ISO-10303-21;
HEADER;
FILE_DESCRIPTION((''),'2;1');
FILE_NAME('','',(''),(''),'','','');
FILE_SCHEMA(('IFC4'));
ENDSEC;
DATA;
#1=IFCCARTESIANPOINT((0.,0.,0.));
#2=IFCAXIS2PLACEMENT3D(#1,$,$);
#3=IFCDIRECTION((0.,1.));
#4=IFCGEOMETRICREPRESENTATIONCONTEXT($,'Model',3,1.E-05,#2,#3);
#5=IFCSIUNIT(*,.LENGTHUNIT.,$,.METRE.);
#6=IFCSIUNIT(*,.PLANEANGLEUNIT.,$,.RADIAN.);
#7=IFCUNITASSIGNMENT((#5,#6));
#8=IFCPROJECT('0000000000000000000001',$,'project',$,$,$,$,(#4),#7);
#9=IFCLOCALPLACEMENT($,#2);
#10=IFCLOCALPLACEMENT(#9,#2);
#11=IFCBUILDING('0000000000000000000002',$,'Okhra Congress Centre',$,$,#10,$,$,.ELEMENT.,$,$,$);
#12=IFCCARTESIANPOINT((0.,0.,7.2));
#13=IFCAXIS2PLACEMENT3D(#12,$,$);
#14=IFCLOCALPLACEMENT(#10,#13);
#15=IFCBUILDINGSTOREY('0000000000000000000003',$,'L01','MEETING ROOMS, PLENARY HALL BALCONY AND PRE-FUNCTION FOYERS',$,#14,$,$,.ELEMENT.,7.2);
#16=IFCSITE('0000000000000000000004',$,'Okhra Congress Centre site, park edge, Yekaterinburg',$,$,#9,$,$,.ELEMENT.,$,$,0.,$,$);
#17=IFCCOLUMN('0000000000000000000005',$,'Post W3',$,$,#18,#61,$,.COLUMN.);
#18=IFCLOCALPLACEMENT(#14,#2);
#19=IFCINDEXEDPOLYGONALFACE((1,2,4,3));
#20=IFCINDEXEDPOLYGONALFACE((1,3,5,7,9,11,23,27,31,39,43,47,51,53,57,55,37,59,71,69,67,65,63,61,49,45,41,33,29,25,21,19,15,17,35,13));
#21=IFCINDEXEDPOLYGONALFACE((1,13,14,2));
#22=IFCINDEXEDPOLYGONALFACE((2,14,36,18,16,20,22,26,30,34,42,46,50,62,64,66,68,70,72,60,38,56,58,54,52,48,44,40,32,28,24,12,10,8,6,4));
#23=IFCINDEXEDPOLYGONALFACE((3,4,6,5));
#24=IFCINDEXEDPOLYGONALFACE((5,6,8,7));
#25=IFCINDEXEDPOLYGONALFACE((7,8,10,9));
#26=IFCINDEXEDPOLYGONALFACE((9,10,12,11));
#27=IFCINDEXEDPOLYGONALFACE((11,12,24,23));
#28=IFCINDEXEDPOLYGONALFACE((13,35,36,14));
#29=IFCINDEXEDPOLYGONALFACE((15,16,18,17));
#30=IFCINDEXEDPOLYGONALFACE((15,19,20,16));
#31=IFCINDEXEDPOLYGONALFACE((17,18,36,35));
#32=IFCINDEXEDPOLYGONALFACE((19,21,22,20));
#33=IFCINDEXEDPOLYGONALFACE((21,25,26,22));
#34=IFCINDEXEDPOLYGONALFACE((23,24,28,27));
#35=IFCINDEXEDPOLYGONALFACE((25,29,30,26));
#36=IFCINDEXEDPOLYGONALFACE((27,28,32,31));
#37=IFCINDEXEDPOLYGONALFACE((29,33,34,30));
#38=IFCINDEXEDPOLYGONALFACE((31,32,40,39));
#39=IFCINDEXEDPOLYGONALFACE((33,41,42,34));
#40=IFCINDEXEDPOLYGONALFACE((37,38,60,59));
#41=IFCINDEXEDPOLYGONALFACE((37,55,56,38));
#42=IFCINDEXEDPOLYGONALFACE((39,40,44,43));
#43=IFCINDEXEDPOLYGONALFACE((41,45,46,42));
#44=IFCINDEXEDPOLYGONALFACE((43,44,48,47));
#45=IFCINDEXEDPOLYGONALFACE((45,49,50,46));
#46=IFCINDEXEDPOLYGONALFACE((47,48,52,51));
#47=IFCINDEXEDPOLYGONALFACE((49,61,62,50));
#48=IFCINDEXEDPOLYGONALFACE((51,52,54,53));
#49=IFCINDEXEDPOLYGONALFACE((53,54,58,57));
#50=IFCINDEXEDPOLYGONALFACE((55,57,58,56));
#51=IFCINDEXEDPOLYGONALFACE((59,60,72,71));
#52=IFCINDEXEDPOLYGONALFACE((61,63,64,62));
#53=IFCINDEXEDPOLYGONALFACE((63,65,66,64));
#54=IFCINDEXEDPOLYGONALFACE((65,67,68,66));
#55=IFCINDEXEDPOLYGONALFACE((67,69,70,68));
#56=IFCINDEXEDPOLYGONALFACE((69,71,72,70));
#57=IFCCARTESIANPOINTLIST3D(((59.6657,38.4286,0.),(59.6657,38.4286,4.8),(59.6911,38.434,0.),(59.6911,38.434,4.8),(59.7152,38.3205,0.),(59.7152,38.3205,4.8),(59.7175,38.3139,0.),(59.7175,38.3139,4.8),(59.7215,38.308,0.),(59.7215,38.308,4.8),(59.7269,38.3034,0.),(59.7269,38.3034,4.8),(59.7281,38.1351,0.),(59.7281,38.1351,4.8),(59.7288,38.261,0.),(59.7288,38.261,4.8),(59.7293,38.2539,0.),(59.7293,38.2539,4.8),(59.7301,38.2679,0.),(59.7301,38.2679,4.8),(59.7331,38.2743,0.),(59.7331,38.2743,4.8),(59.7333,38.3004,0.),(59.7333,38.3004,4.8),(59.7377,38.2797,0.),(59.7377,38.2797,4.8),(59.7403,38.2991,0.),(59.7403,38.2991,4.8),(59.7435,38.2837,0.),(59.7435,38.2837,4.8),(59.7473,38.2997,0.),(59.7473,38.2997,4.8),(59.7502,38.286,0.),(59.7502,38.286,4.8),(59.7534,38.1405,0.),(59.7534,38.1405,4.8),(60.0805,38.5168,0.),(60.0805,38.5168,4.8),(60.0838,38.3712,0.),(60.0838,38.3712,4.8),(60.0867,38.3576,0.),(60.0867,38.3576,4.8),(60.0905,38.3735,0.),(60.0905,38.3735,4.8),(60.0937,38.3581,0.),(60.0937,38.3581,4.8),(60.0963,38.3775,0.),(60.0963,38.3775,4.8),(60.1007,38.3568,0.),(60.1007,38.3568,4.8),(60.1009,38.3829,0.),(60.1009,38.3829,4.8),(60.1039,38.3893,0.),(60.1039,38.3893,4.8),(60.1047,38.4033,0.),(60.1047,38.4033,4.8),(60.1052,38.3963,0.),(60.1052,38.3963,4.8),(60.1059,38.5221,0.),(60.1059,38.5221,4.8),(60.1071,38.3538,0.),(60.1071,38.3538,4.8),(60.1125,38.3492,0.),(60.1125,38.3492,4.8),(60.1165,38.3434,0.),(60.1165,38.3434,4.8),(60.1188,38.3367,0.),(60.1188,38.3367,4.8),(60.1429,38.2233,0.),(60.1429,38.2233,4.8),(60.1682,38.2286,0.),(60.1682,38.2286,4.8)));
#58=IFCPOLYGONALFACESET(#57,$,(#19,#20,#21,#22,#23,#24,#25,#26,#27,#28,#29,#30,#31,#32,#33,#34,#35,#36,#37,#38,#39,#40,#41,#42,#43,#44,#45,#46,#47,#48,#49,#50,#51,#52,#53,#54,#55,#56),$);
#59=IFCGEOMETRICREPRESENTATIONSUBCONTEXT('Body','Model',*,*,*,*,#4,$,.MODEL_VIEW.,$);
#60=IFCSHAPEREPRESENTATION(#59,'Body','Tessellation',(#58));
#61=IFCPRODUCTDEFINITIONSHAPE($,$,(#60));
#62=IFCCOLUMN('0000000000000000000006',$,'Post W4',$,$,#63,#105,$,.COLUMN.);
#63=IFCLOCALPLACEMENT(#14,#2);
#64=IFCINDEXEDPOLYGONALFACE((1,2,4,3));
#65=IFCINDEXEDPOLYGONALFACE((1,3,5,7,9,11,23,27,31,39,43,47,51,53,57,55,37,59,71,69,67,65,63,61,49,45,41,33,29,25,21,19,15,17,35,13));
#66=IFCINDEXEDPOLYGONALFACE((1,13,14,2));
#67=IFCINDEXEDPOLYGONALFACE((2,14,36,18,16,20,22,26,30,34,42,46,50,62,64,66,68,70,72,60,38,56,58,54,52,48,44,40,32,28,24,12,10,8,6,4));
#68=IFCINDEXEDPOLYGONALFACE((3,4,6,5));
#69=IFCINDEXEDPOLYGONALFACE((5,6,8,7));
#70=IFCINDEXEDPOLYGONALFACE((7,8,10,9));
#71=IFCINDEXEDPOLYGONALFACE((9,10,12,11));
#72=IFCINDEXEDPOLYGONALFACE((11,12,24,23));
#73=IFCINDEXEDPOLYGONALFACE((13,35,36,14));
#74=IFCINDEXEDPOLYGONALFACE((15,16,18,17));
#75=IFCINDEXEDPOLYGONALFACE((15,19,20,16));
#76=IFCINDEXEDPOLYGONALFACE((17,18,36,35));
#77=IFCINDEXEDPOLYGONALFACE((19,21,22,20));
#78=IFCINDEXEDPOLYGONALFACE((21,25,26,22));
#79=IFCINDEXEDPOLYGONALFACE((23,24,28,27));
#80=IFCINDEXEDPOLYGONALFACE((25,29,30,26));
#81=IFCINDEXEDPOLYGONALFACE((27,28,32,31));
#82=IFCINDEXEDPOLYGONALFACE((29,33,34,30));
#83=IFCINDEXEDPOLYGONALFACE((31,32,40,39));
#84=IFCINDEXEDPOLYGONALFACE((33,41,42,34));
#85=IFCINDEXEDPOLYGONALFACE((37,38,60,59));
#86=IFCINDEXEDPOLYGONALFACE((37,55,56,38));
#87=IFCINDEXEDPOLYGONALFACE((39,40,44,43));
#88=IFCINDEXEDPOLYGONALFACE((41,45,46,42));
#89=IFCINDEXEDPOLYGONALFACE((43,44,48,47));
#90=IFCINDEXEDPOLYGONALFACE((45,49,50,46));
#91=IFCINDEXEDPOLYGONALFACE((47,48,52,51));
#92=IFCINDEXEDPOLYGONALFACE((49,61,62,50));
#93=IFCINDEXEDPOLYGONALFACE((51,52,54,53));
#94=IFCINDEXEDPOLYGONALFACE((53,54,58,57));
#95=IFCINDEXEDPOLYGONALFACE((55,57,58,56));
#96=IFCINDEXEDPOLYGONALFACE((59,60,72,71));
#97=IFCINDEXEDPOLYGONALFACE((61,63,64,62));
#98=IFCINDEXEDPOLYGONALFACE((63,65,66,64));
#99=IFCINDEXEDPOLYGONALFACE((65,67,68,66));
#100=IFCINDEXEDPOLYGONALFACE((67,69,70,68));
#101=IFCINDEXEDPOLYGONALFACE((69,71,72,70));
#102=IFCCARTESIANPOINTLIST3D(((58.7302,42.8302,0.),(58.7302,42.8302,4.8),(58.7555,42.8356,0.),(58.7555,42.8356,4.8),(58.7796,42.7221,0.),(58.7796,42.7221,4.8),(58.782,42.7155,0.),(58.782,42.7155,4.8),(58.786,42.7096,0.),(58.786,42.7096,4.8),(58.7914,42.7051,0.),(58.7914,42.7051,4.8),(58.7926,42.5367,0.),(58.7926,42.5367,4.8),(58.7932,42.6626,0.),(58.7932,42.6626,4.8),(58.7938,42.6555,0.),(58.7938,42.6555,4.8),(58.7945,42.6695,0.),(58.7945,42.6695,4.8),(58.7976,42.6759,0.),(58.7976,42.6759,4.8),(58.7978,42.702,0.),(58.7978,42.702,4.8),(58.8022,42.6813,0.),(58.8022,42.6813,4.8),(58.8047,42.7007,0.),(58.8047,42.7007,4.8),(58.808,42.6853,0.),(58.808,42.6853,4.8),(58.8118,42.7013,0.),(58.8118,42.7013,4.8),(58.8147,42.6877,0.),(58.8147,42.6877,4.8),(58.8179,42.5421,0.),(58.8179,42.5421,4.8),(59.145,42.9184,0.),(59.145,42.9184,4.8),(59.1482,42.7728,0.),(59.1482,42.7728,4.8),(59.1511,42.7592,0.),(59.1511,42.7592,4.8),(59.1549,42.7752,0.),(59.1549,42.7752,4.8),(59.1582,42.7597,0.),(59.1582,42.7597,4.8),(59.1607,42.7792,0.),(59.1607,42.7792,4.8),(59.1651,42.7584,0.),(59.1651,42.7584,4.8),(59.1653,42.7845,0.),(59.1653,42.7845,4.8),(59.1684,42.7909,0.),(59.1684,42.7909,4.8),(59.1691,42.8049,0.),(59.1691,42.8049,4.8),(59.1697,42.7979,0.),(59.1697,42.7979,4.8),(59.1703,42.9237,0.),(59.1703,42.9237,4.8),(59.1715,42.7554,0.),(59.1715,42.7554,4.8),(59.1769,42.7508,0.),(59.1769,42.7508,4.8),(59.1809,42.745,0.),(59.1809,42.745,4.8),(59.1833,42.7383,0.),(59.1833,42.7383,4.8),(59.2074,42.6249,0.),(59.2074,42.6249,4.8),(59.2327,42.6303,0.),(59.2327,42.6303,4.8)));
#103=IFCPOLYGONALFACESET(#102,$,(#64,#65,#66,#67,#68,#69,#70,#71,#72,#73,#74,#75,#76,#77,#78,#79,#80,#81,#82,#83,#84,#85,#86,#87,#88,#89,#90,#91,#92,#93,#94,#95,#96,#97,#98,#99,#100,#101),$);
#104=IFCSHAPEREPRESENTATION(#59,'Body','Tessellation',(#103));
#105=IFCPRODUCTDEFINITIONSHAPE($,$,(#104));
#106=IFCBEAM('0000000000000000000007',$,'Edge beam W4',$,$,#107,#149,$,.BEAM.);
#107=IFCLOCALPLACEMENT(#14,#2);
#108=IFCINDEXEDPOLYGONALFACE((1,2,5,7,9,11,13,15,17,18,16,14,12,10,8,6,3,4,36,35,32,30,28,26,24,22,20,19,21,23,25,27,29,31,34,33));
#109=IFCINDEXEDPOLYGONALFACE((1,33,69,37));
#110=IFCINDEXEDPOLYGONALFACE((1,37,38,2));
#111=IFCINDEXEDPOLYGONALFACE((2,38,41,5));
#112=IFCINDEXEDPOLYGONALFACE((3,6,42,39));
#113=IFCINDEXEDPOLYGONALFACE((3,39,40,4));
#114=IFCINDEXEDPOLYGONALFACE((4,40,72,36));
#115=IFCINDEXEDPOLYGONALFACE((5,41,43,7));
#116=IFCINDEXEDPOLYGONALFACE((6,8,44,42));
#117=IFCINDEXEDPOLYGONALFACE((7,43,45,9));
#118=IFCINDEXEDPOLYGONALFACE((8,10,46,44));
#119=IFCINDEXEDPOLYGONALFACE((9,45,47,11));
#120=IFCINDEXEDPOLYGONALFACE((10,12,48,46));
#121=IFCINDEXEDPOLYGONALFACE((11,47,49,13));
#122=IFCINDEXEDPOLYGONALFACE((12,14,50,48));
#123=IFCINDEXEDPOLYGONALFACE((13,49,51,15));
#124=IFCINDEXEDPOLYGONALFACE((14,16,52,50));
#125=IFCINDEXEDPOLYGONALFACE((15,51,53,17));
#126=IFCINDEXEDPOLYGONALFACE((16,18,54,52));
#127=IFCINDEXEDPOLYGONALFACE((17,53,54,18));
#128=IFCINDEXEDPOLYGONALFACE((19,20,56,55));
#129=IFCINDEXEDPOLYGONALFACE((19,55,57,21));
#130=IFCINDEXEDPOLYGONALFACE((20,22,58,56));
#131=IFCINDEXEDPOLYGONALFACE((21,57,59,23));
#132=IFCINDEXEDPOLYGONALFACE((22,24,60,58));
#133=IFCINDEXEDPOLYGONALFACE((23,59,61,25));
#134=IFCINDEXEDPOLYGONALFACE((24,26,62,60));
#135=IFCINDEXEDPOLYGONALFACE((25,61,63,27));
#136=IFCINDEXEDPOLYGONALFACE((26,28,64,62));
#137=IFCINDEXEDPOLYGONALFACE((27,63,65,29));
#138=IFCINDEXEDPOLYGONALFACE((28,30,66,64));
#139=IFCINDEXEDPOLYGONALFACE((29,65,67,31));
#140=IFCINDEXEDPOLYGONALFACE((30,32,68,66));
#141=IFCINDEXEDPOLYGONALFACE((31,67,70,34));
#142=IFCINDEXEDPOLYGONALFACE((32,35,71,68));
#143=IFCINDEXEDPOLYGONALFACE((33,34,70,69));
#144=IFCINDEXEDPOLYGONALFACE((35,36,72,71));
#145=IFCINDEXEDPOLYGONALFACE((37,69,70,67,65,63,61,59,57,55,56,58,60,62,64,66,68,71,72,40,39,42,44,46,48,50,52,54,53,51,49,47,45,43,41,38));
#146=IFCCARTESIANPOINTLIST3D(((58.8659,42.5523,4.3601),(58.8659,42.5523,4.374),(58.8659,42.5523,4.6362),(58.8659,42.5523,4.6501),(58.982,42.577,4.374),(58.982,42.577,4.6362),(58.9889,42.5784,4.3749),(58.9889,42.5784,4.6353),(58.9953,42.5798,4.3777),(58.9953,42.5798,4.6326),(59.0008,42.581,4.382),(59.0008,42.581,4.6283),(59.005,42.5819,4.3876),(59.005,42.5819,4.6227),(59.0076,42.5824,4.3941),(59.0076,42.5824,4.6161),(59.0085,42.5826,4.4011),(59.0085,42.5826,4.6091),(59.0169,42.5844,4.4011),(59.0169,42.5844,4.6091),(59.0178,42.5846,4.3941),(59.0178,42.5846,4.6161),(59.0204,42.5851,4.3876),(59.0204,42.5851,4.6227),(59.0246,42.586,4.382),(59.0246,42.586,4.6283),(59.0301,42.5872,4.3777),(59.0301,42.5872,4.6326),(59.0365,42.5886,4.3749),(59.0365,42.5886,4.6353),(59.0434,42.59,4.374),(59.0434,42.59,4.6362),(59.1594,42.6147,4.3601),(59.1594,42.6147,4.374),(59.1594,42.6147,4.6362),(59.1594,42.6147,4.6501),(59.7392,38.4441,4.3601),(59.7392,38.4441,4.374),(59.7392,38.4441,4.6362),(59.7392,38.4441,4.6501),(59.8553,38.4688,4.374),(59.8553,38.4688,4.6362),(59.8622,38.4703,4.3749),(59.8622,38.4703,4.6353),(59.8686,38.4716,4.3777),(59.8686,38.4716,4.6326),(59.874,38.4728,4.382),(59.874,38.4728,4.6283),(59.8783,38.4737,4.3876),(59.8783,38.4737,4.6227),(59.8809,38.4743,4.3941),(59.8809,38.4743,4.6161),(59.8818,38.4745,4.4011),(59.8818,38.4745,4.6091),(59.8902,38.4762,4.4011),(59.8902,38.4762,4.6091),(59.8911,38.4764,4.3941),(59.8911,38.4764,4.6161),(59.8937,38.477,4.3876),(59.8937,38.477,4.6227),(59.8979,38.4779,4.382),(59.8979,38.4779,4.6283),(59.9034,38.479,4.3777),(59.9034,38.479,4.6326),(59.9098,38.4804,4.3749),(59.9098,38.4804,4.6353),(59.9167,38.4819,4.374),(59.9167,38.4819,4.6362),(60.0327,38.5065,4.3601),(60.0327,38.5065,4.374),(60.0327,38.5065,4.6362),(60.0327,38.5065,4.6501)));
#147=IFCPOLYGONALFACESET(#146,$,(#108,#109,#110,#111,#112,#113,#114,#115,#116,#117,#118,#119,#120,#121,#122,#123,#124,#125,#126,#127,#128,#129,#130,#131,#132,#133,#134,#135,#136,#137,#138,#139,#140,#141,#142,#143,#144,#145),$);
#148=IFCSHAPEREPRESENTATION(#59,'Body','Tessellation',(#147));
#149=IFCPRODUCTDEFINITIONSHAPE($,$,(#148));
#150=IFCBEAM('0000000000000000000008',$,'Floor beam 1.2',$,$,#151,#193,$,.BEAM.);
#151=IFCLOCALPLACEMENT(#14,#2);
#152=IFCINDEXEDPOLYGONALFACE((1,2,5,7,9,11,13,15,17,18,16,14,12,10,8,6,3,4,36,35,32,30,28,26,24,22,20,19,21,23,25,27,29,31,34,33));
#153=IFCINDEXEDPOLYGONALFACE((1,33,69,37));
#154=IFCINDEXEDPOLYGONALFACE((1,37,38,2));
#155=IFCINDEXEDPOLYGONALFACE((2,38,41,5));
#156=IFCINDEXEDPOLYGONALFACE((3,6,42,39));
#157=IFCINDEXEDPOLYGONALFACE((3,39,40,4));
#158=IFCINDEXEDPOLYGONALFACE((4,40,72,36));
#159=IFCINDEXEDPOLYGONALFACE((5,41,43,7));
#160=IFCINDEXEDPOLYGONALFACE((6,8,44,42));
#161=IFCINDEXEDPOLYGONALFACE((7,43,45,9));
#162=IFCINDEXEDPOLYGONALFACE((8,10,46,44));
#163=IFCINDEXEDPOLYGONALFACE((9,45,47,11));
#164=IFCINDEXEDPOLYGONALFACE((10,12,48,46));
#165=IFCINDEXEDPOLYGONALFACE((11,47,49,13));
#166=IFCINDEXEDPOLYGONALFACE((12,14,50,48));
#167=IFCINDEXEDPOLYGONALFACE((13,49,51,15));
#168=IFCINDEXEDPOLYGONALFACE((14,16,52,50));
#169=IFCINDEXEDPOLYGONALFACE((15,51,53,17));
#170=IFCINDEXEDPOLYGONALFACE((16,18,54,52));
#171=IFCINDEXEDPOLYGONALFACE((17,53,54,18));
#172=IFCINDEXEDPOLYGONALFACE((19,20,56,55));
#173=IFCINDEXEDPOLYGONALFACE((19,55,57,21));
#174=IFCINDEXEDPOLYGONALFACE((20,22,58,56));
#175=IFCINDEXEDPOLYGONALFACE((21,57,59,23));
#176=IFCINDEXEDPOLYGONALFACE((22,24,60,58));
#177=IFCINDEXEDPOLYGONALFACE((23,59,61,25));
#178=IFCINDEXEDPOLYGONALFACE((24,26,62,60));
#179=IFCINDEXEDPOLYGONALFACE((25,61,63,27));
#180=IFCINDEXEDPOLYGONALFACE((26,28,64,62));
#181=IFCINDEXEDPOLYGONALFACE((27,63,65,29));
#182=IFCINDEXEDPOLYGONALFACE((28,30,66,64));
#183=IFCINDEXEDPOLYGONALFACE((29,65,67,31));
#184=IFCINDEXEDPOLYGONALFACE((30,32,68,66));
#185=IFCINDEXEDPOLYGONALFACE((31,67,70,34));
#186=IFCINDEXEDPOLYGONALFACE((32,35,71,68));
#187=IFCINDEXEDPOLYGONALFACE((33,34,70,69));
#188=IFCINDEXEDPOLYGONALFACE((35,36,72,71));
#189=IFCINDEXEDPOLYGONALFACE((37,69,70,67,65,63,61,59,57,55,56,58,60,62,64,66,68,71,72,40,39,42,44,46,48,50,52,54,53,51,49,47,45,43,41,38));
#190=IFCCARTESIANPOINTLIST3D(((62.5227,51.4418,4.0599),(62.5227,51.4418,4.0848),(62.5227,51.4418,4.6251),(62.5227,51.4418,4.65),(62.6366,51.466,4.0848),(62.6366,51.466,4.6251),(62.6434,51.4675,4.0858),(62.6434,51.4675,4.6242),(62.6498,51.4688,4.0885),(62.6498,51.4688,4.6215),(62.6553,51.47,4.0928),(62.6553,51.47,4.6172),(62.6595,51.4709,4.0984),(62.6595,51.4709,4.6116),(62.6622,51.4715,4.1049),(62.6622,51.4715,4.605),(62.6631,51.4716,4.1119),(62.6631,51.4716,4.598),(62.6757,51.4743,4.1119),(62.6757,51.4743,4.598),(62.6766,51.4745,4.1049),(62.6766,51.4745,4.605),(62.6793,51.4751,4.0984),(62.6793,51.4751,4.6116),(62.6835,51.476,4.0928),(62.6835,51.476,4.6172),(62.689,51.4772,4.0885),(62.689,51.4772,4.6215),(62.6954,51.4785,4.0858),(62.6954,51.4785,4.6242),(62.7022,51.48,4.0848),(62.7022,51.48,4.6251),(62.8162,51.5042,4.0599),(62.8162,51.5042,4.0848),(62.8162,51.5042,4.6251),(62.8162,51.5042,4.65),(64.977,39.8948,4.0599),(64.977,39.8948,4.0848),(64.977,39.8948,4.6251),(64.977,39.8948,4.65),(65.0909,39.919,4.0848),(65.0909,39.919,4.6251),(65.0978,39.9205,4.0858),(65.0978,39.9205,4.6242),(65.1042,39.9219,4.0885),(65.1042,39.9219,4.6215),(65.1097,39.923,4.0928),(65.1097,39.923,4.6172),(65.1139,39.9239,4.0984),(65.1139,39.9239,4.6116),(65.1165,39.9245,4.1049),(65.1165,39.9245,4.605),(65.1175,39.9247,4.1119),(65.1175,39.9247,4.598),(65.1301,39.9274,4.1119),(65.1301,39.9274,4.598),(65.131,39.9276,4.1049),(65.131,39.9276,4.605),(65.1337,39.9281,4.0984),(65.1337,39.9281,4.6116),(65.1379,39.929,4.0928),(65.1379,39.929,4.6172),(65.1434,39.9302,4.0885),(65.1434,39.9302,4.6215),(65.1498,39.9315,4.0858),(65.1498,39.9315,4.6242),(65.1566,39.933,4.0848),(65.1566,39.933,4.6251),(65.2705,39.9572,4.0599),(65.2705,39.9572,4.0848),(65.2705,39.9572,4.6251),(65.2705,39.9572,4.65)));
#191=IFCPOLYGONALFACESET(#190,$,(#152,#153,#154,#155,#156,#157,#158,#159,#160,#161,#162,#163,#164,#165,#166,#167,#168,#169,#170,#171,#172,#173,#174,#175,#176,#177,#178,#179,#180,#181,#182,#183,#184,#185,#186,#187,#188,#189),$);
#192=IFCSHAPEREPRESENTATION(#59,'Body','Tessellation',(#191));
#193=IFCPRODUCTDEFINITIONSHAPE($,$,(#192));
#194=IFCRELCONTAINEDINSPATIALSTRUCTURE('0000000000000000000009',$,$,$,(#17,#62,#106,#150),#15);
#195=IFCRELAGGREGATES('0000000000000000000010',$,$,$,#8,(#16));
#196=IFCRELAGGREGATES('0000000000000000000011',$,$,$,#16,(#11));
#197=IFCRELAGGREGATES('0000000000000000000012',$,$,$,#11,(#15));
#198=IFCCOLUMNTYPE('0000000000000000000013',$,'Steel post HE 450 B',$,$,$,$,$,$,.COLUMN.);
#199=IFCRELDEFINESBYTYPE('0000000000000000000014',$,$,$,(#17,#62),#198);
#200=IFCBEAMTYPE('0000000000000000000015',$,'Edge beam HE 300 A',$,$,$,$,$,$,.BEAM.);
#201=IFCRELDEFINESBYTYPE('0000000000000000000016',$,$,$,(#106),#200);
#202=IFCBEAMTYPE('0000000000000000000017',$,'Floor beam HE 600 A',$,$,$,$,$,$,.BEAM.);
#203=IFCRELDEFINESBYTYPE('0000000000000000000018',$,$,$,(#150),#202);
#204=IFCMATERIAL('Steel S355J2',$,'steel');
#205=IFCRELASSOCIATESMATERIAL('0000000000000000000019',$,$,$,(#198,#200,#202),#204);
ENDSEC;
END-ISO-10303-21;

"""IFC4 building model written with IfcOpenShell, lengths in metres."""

from ifc_helpers import new_model, si_unit, direction, frame, origin, origin_2d, place, context, subcontext, project, spatial, i_section, extrude, material, material_profile, profile_set, type_object, element, save


model = new_model("IFC4")

# Units and contexts
model_context = context("Model", 3, precision=1e-05, world=origin(), true_north=direction((0.0, 1.0)))
body_context = subcontext(model_context, "Body", "Model", "MODEL_VIEW")
ifc_project = project(units=[si_unit("LENGTHUNIT", "METRE"), si_unit("PLANEANGLEUNIT", "RADIAN")], contexts=[model_context])

# Site, building, storey
site_placement = place(None, origin())
site = spatial("IfcSite", under=ifc_project, at=site_placement, Name="Okhra Congress Centre site, park edge, Yekaterinburg", CompositionType="ELEMENT", RefElevation=0.0)
building_placement = place(site_placement, origin())
building = spatial("IfcBuilding", under=site, at=building_placement, Name="Okhra Congress Centre", CompositionType="ELEMENT")
storey_placement = place(building_placement, frame((0.0, 0.0, 7.2)))
storey = spatial("IfcBuildingStorey", under=building, at=storey_placement, Name="L01", Description="MEETING ROOMS, PLENARY HALL BALCONY AND PRE-FUNCTION FOYERS", CompositionType="ELEMENT", Elevation=7.2)

# Columns
ifc_material_1 = material(Name="Steel S355J2", Category="steel")
ifc_material_profile_1 = material_profile(ifc_material_1, i_section(OverallWidth=0.3, OverallDepth=0.45, WebThickness=0.0139, FlangeThickness=0.0259, FilletRadius=0.0271, at=origin_2d()), Name="HE 450 B")
ifc_profile_set_1 = profile_set([ifc_material_profile_1], Name="Steel S355J2")
column_type = type_object("IfcColumnType", Name="Steel post HE 450 B", PredefinedType="COLUMN", material=ifc_profile_set_1)
for number, where, z_axis, x_axis, name in (
    (1, (59.917, 38.3286, 0.0), (0.0, 0.0, 1.0), (-0.207912, 0.978148, 0.0), "Post W3"),
    (2, (58.9814, 42.7302, 0.0), (0.0, 0.0, 1.0), (-0.207912, 0.978148, 0.0), "Post W4"),
):
    element("IfcColumn", number, at=place(storey_placement, frame(where, z_axis=z_axis, x_axis=x_axis)), inside=storey, type_object=column_type, Name=name, PredefinedType="COLUMN", context=body_context, shape_type="SweptSolid", body=[
        extrude(i_section(OverallWidth=0.3, OverallDepth=0.45, WebThickness=0.0139, FlangeThickness=0.0259, FilletRadius=0.0271, at=origin_2d()), origin(), (0.0, 0.0, 1.0), 4.8),
    ])

# Beams
ifc_material_profile_2 = material_profile(ifc_material_1, i_section(OverallWidth=0.3, OverallDepth=0.29, WebThickness=0.0085, FlangeThickness=0.0139, FilletRadius=0.0271, at=origin_2d()), Name="HE 300 A")
ifc_profile_set_2 = profile_set([ifc_material_profile_2], Name="Steel S355J2")
beam_type_1 = type_object("IfcBeamType", Name="Edge beam HE 300 A", PredefinedType="BEAM", material=ifc_profile_set_2)
beam_1_placement = place(storey_placement, frame((59.886, 38.4753, 4.5051), z_axis=(-0.207929, 0.978144, 0.0), x_axis=(-0.978144, -0.207929, 0.0)))
element("IfcBeam", 3, at=beam_1_placement, inside=storey, type_object=beam_type_1, Name="Edge beam W4", PredefinedType="BEAM", context=body_context, shape_type="SweptSolid", body=[
    extrude(i_section(OverallWidth=0.3, OverallDepth=0.29, WebThickness=0.0085, FlangeThickness=0.0139, FilletRadius=0.0271, at=origin_2d()), origin(), (0.0, 0.0, 1.0), 4.2),
])
ifc_material_profile_3 = material_profile(ifc_material_1, i_section(OverallWidth=0.3, OverallDepth=0.5901, WebThickness=0.0129, FlangeThickness=0.0249, FilletRadius=0.0271, at=origin_2d()), Name="HE 600 A")
ifc_profile_set_3 = profile_set([ifc_material_profile_3], Name="Steel S355J2")
beam_type_2 = type_object("IfcBeamType", Name="Floor beam HE 600 A", PredefinedType="BEAM", material=ifc_profile_set_3)
beam_2_placement = place(storey_placement, frame((65.1238, 39.926, 4.355), z_axis=(-0.20791, 0.978148, 0.0), x_axis=(-0.978148, -0.20791, 0.0)))
element("IfcBeam", 4, at=beam_2_placement, inside=storey, type_object=beam_type_2, Name="Floor beam 1.2", PredefinedType="BEAM", context=body_context, shape_type="SweptSolid", body=[
    extrude(i_section(OverallWidth=0.3, OverallDepth=0.5901, WebThickness=0.0129, FlangeThickness=0.0249, FilletRadius=0.0271, at=origin_2d()), origin(), (0.0, 0.0, 1.0), 11.8049),
])

save(model, "model.ifc")
